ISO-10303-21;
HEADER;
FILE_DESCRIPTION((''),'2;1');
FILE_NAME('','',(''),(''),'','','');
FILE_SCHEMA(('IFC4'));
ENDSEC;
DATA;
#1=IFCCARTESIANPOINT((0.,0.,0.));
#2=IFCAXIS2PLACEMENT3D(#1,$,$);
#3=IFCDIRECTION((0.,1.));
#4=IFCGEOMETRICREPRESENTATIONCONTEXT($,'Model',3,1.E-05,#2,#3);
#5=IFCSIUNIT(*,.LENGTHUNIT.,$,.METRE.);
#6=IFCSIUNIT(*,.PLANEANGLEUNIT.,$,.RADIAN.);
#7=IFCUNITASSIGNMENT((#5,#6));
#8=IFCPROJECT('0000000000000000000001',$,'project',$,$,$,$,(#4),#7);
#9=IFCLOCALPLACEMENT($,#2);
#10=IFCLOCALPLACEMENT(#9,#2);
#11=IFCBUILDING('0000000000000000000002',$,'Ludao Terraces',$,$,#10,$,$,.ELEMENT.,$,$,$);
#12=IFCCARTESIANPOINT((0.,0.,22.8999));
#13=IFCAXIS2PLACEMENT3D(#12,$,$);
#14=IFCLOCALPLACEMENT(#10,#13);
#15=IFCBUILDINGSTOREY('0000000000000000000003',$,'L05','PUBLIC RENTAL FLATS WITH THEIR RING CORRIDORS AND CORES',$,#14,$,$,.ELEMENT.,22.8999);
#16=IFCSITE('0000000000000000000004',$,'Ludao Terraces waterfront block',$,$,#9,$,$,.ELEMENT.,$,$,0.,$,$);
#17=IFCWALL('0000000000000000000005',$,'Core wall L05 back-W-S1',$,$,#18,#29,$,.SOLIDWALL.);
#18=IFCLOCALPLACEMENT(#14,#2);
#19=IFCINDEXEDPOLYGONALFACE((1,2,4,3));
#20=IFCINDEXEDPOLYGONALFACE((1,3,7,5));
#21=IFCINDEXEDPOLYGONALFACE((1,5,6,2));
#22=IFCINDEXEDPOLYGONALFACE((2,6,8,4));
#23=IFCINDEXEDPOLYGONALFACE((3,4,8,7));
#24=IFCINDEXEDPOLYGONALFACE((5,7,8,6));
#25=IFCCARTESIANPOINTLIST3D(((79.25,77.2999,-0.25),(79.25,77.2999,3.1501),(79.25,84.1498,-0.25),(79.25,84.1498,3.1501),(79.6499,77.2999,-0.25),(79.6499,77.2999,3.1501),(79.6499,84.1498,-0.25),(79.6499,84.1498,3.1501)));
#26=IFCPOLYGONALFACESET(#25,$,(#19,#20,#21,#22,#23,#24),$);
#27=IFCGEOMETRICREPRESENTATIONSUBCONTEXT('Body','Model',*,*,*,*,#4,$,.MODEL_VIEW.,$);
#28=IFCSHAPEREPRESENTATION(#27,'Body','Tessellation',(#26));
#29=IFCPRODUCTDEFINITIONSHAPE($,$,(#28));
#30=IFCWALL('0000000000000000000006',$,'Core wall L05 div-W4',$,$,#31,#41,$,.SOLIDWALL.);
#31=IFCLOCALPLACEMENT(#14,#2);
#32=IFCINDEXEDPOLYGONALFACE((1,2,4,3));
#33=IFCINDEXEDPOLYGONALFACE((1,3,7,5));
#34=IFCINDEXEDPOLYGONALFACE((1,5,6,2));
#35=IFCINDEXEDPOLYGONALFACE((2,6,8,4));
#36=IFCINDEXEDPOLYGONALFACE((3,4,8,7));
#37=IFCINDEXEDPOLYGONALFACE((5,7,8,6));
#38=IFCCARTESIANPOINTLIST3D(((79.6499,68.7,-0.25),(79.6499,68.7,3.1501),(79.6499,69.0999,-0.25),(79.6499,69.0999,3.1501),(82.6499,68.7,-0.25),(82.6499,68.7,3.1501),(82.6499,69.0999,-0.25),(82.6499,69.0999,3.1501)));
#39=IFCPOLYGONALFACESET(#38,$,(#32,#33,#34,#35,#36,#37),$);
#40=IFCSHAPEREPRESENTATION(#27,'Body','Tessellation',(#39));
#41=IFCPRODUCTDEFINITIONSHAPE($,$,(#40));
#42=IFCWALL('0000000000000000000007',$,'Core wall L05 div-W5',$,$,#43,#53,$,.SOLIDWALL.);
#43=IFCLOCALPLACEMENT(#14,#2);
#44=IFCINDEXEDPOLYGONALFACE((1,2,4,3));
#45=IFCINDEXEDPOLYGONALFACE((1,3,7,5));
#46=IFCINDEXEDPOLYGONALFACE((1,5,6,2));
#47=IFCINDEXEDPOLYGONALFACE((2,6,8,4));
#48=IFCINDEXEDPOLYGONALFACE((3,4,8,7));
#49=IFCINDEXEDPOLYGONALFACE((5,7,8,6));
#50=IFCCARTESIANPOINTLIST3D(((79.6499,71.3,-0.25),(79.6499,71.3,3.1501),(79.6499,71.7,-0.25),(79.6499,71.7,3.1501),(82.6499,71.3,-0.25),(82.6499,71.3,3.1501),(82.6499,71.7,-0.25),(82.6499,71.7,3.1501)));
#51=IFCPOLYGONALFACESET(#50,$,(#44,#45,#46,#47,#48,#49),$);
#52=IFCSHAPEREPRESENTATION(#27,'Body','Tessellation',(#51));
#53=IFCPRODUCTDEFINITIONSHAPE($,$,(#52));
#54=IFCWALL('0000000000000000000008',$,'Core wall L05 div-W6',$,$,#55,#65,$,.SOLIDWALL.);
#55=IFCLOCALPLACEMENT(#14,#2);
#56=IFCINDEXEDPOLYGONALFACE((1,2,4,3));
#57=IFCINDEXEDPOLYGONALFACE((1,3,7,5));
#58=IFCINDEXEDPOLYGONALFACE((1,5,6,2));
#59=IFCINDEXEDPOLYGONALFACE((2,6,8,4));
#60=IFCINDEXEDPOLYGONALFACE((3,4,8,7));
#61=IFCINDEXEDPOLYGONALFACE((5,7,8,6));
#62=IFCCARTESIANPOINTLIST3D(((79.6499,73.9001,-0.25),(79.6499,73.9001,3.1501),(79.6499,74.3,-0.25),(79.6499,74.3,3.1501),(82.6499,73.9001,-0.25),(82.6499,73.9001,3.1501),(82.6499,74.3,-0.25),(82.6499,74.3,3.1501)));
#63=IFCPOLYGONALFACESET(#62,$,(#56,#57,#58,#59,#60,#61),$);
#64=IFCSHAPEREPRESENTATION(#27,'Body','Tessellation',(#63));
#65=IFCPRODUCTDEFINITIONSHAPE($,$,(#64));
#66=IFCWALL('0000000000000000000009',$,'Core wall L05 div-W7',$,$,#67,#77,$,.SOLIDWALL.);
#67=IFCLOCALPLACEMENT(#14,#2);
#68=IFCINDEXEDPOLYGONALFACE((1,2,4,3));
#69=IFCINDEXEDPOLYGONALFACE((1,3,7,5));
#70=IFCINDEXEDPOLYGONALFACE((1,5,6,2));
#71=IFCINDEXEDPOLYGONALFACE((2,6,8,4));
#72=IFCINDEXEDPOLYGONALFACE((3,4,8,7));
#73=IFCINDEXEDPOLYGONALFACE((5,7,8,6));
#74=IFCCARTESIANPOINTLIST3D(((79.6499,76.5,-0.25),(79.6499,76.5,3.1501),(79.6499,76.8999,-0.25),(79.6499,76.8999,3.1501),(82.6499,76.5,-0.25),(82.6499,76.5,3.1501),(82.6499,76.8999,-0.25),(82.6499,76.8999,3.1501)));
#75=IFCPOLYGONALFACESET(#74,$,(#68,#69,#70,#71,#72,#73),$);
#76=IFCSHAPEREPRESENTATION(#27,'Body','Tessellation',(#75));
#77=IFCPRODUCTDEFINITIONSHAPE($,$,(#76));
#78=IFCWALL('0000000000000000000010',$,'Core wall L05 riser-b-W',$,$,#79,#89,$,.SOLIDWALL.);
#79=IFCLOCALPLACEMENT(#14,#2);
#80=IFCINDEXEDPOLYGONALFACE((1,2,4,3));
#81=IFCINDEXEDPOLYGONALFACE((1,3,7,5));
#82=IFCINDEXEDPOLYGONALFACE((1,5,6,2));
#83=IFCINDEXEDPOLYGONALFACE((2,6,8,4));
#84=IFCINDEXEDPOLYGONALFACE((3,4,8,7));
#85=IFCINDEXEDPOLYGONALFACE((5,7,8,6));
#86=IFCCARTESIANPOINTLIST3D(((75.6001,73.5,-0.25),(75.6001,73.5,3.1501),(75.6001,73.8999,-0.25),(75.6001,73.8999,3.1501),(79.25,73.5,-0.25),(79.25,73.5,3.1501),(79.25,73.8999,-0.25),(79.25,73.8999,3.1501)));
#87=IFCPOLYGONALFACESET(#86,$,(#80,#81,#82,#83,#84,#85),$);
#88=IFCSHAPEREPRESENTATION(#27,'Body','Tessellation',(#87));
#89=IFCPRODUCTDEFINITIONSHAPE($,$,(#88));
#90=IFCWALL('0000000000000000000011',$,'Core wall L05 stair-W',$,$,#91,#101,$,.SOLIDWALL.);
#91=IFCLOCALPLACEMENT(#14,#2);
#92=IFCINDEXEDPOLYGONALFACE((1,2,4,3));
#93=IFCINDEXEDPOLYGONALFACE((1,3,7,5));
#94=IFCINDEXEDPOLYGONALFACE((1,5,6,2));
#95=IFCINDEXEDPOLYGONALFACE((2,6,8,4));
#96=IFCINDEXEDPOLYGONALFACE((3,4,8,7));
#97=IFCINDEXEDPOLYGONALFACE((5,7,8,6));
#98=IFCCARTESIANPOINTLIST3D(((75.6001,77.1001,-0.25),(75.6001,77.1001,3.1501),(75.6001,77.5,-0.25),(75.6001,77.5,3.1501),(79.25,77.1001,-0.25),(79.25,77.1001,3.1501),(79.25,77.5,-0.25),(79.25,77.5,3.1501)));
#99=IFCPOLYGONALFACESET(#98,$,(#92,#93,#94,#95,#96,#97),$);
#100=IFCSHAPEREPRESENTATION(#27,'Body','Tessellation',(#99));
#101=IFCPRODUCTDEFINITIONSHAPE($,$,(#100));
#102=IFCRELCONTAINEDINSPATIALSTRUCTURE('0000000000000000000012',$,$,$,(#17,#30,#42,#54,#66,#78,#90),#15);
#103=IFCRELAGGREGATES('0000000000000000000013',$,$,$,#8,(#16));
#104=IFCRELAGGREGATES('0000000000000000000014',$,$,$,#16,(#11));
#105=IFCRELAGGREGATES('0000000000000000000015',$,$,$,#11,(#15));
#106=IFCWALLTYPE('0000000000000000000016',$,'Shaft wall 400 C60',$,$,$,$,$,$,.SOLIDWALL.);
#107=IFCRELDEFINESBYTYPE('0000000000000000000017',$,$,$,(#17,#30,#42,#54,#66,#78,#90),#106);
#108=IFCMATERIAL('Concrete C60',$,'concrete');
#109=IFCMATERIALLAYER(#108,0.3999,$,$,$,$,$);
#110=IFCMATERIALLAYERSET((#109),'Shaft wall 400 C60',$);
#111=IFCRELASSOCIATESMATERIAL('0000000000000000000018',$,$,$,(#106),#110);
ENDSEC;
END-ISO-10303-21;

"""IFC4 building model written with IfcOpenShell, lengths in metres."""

from ifc_helpers import new_model, si_unit, direction, frame, frame_2d, origin, place, context, subcontext, project, spatial, rectangle, extrude, material, layer, layer_set, type_object, element, save


model = new_model("IFC4")

# Units and contexts
model_context = context("Model", 3, precision=1e-05, world=origin(), true_north=direction((0.0, 1.0)))
body_context = subcontext(model_context, "Body", "Model", "MODEL_VIEW")
ifc_project = project(units=[si_unit("LENGTHUNIT", "METRE"), si_unit("PLANEANGLEUNIT", "RADIAN")], contexts=[model_context])

# Site, building, storey
site_placement = place(None, origin())
site = spatial("IfcSite", under=ifc_project, at=site_placement, Name="Ludao Terraces waterfront block", CompositionType="ELEMENT", RefElevation=0.0)
building_placement = place(site_placement, origin())
building = spatial("IfcBuilding", under=site, at=building_placement, Name="Ludao Terraces", CompositionType="ELEMENT")
storey_placement = place(building_placement, frame((0.0, 0.0, 22.8999)))
storey = spatial("IfcBuildingStorey", under=building, at=storey_placement, Name="L05", Description="PUBLIC RENTAL FLATS WITH THEIR RING CORRIDORS AND CORES", CompositionType="ELEMENT", Elevation=22.8999)

# Walls
ifc_material_1 = material(Name="Concrete C60", Category="concrete")
ifc_layer_1 = layer(ifc_material_1, 0.3999)
ifc_layer_set_1 = layer_set([ifc_layer_1], Name="Shaft wall 400 C60")
wall_type_1 = type_object("IfcWallType", Name="Shaft wall 400 C60", PredefinedType="SOLIDWALL", material=ifc_layer_set_1)
wall_1_placement = place(storey_placement, frame((79.45, 77.3, -0.25), z_axis=(0.0, 0.0, 1.0), x_axis=(0.0, 1.0, 0.0)))
element("IfcWall", 1, at=wall_1_placement, inside=storey, type_object=wall_type_1, Name="Core wall L05 back-W-S1", PredefinedType="SOLIDWALL", context=body_context, shape_type="SweptSolid", body=[
    extrude(rectangle(XDim=6.8499, YDim=0.3999, at=frame_2d((3.4248, 0.0))), origin(), (0.0, 0.0, 1.0), 3.4001),
])
for number, where, z_axis, x_axis, name in (
    (2, (79.6499, 68.8999, -0.25), (0.0, 0.0, 1.0), (1.0, 0.0, 0.0), "Core wall L05 div-W4"),
    (3, (79.6499, 71.5, -0.25), (0.0, 0.0, 1.0), (1.0, 0.0, 0.0), "Core wall L05 div-W5"),
    (4, (79.6499, 74.1001, -0.25), (0.0, 0.0, 1.0), (1.0, 0.0, 0.0), "Core wall L05 div-W6"),
    (5, (79.6499, 76.7, -0.25), (0.0, 0.0, 1.0), (1.0, 0.0, 0.0), "Core wall L05 div-W7"),
):
    element("IfcWall", number, at=place(storey_placement, frame(where, z_axis=z_axis, x_axis=x_axis)), inside=storey, type_object=wall_type_1, Name=name, PredefinedType="SOLIDWALL", context=body_context, shape_type="SweptSolid", body=[
        extrude(rectangle(XDim=3.0, YDim=0.3999, at=frame_2d((1.5, 0.0))), origin(), (0.0, 0.0, 1.0), 3.4001),
    ])
for number, where, z_axis, x_axis, name in (
    (6, (75.6001, 73.7, -0.25), (0.0, 0.0, 1.0), (1.0, 0.0, 0.0), "Core wall L05 riser-b-W"),
    (7, (75.6001, 77.3, -0.25), (0.0, 0.0, 1.0), (1.0, 0.0, 0.0), "Core wall L05 stair-W"),
):
    element("IfcWall", number, at=place(storey_placement, frame(where, z_axis=z_axis, x_axis=x_axis)), inside=storey, type_object=wall_type_1, Name=name, PredefinedType="SOLIDWALL", context=body_context, shape_type="SweptSolid", body=[
        extrude(rectangle(XDim=3.6499, YDim=0.3999, at=frame_2d((1.825, 0.0))), origin(), (0.0, 0.0, 1.0), 3.4001),
    ])

save(model, "model.ifc")
